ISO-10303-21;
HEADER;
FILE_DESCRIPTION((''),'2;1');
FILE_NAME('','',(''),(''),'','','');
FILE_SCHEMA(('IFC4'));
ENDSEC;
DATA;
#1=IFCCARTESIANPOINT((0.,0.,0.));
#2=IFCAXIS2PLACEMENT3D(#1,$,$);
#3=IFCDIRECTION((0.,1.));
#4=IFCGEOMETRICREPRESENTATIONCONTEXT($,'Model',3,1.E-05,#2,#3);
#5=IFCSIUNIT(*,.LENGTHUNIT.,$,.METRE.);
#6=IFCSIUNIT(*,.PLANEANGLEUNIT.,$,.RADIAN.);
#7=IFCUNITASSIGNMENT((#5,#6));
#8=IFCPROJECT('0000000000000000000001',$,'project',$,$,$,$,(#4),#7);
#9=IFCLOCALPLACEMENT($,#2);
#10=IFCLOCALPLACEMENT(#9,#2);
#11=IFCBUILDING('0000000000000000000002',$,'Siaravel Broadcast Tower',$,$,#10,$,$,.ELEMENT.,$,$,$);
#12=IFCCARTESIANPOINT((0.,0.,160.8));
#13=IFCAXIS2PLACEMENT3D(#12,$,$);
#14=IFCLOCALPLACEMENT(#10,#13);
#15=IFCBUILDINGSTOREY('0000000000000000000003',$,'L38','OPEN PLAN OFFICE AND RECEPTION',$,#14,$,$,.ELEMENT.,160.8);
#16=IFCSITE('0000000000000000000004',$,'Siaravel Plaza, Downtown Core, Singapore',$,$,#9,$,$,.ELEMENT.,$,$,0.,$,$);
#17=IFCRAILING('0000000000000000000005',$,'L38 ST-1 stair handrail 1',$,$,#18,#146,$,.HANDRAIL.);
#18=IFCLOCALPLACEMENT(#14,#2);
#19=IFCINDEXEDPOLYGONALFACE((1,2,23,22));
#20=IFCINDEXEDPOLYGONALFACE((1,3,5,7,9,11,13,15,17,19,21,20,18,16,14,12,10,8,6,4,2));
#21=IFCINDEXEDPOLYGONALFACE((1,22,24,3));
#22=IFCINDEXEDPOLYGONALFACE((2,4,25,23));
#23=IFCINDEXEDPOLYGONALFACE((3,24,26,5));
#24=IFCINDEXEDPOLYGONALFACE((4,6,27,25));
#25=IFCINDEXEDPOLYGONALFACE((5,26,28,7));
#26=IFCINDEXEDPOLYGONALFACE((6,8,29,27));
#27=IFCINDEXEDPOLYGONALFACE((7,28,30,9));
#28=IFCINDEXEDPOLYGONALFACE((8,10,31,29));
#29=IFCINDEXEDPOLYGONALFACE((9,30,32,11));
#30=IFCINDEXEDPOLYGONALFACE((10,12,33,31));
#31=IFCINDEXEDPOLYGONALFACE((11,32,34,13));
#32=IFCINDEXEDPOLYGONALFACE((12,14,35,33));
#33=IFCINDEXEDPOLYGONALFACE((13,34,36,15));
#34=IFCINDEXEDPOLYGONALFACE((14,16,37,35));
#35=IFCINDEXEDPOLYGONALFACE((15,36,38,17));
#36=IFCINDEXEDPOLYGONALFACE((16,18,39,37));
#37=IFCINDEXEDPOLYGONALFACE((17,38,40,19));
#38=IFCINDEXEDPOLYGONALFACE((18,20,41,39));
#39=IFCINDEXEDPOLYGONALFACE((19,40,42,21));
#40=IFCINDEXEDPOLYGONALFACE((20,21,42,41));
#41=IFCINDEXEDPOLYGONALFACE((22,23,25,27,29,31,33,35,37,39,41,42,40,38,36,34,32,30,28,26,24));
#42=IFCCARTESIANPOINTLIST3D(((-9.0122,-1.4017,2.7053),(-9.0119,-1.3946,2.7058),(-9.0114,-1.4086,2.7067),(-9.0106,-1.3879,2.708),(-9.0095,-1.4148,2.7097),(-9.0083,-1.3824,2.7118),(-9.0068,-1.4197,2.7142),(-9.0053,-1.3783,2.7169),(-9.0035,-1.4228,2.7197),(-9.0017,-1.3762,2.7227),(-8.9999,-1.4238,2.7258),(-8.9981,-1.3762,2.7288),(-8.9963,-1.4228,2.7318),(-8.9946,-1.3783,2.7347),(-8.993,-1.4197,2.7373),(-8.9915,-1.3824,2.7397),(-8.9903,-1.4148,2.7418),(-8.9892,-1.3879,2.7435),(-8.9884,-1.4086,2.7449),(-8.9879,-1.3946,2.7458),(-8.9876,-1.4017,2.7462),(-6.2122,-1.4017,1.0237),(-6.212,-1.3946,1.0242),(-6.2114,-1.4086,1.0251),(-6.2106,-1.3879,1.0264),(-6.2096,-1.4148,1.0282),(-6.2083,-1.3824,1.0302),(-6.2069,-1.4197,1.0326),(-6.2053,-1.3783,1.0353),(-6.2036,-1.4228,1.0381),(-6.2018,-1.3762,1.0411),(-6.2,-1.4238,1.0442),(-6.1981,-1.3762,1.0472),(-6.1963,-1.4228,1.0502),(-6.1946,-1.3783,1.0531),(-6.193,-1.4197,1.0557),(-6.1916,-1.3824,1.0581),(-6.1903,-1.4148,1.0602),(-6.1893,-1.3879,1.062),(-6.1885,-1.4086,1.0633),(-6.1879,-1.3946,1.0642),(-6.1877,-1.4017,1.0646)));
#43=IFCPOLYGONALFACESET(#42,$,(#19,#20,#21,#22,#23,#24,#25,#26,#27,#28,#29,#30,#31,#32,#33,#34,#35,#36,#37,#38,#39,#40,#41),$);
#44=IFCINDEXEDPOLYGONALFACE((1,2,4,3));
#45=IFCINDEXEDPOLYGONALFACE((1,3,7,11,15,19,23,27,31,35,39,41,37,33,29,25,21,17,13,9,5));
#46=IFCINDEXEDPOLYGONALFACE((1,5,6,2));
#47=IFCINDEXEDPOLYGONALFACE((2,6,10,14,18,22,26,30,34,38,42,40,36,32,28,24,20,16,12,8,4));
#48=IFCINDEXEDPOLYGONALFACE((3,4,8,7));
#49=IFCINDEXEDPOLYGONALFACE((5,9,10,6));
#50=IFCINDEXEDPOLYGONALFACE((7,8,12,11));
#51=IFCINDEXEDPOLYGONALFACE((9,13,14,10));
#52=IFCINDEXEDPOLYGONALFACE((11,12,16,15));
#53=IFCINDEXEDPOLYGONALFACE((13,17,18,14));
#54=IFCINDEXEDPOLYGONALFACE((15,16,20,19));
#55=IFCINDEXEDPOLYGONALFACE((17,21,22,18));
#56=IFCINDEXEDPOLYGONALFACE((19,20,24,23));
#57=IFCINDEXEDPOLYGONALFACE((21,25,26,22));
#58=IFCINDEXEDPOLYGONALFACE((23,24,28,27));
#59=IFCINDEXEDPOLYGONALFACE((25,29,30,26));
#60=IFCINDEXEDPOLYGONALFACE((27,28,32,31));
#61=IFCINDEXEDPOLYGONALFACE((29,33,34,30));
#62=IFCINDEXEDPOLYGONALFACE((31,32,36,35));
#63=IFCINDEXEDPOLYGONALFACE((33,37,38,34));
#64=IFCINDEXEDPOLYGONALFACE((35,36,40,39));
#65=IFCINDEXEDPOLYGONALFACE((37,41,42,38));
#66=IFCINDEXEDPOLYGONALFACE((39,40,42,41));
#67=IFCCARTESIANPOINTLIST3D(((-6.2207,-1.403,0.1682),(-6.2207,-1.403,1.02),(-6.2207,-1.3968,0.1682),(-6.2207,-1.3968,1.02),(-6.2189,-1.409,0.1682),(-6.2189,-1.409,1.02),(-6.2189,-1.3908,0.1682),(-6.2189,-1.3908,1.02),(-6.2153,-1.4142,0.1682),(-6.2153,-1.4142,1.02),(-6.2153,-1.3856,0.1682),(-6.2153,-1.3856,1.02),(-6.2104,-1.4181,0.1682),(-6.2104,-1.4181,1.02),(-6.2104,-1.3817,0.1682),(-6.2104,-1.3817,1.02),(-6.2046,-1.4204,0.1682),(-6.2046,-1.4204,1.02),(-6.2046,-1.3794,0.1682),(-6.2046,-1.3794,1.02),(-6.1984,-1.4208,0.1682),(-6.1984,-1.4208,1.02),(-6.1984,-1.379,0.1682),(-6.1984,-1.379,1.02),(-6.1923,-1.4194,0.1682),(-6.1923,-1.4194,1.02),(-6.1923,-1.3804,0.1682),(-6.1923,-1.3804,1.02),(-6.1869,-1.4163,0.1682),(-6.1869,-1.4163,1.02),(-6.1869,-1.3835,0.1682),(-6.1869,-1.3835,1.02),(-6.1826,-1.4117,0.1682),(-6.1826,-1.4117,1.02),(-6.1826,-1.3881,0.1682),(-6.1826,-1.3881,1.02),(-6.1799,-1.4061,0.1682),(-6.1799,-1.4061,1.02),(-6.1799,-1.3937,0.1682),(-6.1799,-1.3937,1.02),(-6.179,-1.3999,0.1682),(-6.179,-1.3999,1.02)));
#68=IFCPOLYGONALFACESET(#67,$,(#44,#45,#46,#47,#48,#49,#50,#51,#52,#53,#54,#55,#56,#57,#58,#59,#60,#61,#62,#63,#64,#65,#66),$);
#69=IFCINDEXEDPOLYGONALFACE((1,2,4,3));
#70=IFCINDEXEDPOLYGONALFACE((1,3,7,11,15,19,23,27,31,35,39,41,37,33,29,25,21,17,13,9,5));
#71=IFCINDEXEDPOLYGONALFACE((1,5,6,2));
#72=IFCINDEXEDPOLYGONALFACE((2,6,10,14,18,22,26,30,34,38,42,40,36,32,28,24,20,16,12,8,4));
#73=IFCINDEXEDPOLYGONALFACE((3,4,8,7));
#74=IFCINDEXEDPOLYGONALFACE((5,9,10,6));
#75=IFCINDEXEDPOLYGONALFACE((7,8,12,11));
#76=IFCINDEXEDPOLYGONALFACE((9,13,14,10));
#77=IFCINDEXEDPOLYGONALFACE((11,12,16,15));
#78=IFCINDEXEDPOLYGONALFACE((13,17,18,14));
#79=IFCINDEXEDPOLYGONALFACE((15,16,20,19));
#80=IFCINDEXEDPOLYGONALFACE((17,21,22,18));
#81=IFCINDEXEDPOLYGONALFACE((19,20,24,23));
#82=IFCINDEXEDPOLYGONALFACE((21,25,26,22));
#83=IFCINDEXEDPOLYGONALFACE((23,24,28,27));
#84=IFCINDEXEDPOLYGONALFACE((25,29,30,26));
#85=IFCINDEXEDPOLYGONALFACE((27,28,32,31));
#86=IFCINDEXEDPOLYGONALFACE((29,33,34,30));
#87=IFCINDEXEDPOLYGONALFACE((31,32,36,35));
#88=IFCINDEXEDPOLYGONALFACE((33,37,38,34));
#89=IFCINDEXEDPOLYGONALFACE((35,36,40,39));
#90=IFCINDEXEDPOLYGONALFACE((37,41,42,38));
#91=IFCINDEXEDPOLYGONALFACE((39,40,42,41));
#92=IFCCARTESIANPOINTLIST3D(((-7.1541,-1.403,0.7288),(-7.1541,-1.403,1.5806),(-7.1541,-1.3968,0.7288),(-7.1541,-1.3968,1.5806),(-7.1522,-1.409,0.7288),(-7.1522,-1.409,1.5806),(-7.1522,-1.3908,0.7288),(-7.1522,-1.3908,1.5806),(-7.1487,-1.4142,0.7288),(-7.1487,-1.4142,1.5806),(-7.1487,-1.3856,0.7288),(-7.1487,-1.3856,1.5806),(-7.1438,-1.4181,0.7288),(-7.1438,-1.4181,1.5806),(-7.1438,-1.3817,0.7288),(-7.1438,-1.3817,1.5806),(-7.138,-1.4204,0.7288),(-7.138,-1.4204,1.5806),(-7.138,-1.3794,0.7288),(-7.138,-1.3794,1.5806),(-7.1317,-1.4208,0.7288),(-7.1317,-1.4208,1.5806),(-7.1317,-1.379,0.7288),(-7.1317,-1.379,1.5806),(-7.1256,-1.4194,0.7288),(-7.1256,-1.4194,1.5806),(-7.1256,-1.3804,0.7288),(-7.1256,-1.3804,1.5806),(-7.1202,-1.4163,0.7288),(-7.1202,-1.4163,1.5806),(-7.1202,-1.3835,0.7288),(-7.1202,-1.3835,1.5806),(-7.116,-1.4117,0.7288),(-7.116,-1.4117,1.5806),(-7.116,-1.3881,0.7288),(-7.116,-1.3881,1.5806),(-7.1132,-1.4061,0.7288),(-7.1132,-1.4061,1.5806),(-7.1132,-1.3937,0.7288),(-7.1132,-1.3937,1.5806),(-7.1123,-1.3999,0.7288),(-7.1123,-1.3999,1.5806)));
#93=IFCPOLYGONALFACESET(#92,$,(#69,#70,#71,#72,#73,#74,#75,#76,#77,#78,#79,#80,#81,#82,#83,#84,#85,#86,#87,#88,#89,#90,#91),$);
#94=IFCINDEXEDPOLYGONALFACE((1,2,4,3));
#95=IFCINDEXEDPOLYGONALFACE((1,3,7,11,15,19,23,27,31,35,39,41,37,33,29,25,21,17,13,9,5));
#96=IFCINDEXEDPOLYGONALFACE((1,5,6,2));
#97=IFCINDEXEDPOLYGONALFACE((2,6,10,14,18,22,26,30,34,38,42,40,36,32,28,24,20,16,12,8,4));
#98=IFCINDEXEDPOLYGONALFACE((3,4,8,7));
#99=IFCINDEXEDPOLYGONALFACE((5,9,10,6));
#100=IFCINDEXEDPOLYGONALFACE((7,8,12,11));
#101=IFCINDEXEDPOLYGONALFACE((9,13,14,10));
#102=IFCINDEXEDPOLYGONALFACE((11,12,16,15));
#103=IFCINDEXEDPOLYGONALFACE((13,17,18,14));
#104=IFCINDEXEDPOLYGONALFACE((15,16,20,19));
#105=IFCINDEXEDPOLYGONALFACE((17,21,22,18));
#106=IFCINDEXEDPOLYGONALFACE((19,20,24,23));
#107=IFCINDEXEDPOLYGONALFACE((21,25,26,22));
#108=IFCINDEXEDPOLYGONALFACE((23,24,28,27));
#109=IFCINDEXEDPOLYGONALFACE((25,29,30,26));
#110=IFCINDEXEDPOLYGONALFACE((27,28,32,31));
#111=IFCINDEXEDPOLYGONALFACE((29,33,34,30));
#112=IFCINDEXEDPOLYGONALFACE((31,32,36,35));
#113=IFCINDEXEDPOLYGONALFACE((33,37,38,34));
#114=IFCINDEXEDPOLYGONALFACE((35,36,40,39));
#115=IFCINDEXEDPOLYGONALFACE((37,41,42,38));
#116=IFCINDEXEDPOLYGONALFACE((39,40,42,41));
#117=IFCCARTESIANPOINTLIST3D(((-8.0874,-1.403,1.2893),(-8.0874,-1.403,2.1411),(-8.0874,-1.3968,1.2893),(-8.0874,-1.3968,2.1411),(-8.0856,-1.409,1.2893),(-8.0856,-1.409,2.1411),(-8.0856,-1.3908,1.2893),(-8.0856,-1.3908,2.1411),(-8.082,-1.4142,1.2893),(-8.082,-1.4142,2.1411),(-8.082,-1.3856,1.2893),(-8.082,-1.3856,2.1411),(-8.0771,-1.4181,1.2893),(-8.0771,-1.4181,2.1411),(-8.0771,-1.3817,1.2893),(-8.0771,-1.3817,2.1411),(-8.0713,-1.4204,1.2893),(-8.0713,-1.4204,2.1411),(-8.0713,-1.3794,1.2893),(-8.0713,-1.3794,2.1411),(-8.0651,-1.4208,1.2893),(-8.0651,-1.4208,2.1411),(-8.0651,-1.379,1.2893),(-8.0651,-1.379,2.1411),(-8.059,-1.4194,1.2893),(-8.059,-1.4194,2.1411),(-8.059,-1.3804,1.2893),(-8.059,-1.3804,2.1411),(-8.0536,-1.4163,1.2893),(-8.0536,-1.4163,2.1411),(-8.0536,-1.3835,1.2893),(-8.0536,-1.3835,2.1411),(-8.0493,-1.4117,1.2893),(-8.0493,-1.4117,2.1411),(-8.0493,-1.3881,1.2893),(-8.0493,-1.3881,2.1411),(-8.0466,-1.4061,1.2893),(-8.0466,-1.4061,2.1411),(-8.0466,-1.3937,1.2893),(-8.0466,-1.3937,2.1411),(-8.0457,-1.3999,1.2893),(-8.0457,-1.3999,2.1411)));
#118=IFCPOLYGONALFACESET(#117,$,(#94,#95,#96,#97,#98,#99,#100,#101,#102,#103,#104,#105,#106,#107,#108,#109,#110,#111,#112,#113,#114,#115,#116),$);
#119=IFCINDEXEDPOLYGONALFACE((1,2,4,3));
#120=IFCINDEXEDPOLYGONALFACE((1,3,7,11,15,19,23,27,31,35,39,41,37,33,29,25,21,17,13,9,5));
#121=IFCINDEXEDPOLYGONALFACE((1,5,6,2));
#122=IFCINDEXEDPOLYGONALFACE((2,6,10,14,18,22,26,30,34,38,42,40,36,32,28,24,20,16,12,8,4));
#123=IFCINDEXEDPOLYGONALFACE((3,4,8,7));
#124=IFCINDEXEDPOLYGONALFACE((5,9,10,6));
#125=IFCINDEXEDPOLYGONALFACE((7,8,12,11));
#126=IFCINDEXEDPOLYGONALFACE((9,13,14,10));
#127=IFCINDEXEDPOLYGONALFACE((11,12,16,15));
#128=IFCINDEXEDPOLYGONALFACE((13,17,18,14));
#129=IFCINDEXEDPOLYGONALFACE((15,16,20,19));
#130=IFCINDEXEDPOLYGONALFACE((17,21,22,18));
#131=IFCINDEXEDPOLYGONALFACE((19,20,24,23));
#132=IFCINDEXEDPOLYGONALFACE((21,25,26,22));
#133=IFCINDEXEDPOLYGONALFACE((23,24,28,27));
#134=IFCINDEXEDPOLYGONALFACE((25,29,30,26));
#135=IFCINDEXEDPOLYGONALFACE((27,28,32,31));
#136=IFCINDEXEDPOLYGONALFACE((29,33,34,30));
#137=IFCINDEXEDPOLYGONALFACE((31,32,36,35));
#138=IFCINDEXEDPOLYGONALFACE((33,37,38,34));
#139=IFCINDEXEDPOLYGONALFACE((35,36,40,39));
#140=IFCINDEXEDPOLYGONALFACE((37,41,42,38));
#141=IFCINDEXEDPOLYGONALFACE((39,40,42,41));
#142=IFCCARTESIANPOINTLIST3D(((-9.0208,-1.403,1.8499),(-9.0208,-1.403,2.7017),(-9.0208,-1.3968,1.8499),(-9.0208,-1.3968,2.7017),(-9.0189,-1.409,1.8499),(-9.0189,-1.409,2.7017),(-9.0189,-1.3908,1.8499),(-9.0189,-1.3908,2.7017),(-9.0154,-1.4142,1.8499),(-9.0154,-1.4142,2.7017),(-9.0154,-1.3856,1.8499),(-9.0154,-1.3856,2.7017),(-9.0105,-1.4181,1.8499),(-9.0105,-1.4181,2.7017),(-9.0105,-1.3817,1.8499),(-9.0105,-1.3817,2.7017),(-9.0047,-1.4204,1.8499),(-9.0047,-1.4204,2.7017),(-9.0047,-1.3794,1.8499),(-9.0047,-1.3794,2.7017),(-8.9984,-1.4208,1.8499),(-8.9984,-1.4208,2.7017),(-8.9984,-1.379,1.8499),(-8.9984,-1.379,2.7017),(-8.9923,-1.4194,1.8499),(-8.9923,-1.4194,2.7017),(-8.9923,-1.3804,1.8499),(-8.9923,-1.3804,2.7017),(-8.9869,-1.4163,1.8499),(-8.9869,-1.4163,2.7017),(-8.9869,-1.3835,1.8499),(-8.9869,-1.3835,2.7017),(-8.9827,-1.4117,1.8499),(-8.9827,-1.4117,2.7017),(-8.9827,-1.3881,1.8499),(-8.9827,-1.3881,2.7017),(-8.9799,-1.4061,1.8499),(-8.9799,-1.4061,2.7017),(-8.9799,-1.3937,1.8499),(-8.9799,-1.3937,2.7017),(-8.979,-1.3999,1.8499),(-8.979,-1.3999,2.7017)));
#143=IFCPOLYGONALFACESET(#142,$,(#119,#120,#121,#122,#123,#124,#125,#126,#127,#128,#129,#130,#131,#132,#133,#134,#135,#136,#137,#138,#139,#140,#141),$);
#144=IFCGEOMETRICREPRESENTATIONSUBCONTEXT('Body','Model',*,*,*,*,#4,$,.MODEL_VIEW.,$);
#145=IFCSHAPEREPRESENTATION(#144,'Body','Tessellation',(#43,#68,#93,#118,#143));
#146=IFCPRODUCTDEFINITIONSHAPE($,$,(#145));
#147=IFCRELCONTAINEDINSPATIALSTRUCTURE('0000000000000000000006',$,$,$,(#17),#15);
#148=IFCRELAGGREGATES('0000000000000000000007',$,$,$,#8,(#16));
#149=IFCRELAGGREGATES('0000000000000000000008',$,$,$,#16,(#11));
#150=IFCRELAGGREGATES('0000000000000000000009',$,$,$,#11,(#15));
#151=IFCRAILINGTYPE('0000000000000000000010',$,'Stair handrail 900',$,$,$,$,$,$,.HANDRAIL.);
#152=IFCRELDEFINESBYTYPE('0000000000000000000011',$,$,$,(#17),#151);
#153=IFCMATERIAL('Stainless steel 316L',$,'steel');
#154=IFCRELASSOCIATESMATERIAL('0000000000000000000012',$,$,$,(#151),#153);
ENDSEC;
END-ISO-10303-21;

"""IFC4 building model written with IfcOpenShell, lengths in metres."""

from ifc_helpers import new_model, si_unit, direction, frame, origin, origin_2d, place, context, subcontext, project, spatial, circle, extrude, material, type_object, element, save


model = new_model("IFC4")

# Units and contexts
model_context = context("Model", 3, precision=1e-05, world=origin(), true_north=direction((0.0, 1.0)))
body_context = subcontext(model_context, "Body", "Model", "MODEL_VIEW")
ifc_project = project(units=[si_unit("LENGTHUNIT", "METRE"), si_unit("PLANEANGLEUNIT", "RADIAN")], contexts=[model_context])

# Site, building, storey
site_placement = place(None, origin())
site = spatial("IfcSite", under=ifc_project, at=site_placement, Name="Siaravel Plaza, Downtown Core, Singapore", CompositionType="ELEMENT", RefElevation=0.0)
building_placement = place(site_placement, origin())
building = spatial("IfcBuilding", under=site, at=building_placement, Name="Siaravel Broadcast Tower", CompositionType="ELEMENT")
storey_placement = place(building_placement, frame((0.0, 0.0, 160.8)))
storey = spatial("IfcBuildingStorey", under=building, at=storey_placement, Name="L38", Description="OPEN PLAN OFFICE AND RECEPTION", CompositionType="ELEMENT", Elevation=160.8)

# Shared definitions
ifc_material_1 = material(Name="Stainless steel 316L", Category="steel")

# Railing
railing_type_1 = type_object("IfcRailingType", Name="Stair handrail 900", PredefinedType="HANDRAIL", material=ifc_material_1)
railing_1_placement = place(storey_placement, frame((-6.2, -1.3999, 0.1682)))
element("IfcRailing", 1, at=railing_1_placement, inside=storey, type_object=railing_type_1, Name="L38 ST-1 stair handrail 1", PredefinedType="HANDRAIL", context=body_context, shape_type="SweptSolid", body=[
    extrude(circle(Radius=0.0239, at=origin_2d()), frame((0.0, 0.0, 0.876), z_axis=(-0.857275, 0.0, 0.514858), x_axis=(0.0, -1.0, 0.0)), (0.0, 0.0, 1.0), 3.2661),
    extrude(circle(Radius=0.021, at=origin_2d()), origin(), (0.0, 0.0, 1.0), 0.8518),
    extrude(circle(Radius=0.021, at=origin_2d()), frame((-0.9333, 0.0, 0.5605)), (0.0, 0.0, 1.0), 0.8518),
    extrude(circle(Radius=0.021, at=origin_2d()), frame((-1.8667, 0.0, 1.1211)), (0.0, 0.0, 1.0), 0.8518),
    extrude(circle(Radius=0.021, at=origin_2d()), frame((-2.8, 0.0, 1.6816)), (0.0, 0.0, 1.0), 0.8518),
])

save(model, "model.ifc")
